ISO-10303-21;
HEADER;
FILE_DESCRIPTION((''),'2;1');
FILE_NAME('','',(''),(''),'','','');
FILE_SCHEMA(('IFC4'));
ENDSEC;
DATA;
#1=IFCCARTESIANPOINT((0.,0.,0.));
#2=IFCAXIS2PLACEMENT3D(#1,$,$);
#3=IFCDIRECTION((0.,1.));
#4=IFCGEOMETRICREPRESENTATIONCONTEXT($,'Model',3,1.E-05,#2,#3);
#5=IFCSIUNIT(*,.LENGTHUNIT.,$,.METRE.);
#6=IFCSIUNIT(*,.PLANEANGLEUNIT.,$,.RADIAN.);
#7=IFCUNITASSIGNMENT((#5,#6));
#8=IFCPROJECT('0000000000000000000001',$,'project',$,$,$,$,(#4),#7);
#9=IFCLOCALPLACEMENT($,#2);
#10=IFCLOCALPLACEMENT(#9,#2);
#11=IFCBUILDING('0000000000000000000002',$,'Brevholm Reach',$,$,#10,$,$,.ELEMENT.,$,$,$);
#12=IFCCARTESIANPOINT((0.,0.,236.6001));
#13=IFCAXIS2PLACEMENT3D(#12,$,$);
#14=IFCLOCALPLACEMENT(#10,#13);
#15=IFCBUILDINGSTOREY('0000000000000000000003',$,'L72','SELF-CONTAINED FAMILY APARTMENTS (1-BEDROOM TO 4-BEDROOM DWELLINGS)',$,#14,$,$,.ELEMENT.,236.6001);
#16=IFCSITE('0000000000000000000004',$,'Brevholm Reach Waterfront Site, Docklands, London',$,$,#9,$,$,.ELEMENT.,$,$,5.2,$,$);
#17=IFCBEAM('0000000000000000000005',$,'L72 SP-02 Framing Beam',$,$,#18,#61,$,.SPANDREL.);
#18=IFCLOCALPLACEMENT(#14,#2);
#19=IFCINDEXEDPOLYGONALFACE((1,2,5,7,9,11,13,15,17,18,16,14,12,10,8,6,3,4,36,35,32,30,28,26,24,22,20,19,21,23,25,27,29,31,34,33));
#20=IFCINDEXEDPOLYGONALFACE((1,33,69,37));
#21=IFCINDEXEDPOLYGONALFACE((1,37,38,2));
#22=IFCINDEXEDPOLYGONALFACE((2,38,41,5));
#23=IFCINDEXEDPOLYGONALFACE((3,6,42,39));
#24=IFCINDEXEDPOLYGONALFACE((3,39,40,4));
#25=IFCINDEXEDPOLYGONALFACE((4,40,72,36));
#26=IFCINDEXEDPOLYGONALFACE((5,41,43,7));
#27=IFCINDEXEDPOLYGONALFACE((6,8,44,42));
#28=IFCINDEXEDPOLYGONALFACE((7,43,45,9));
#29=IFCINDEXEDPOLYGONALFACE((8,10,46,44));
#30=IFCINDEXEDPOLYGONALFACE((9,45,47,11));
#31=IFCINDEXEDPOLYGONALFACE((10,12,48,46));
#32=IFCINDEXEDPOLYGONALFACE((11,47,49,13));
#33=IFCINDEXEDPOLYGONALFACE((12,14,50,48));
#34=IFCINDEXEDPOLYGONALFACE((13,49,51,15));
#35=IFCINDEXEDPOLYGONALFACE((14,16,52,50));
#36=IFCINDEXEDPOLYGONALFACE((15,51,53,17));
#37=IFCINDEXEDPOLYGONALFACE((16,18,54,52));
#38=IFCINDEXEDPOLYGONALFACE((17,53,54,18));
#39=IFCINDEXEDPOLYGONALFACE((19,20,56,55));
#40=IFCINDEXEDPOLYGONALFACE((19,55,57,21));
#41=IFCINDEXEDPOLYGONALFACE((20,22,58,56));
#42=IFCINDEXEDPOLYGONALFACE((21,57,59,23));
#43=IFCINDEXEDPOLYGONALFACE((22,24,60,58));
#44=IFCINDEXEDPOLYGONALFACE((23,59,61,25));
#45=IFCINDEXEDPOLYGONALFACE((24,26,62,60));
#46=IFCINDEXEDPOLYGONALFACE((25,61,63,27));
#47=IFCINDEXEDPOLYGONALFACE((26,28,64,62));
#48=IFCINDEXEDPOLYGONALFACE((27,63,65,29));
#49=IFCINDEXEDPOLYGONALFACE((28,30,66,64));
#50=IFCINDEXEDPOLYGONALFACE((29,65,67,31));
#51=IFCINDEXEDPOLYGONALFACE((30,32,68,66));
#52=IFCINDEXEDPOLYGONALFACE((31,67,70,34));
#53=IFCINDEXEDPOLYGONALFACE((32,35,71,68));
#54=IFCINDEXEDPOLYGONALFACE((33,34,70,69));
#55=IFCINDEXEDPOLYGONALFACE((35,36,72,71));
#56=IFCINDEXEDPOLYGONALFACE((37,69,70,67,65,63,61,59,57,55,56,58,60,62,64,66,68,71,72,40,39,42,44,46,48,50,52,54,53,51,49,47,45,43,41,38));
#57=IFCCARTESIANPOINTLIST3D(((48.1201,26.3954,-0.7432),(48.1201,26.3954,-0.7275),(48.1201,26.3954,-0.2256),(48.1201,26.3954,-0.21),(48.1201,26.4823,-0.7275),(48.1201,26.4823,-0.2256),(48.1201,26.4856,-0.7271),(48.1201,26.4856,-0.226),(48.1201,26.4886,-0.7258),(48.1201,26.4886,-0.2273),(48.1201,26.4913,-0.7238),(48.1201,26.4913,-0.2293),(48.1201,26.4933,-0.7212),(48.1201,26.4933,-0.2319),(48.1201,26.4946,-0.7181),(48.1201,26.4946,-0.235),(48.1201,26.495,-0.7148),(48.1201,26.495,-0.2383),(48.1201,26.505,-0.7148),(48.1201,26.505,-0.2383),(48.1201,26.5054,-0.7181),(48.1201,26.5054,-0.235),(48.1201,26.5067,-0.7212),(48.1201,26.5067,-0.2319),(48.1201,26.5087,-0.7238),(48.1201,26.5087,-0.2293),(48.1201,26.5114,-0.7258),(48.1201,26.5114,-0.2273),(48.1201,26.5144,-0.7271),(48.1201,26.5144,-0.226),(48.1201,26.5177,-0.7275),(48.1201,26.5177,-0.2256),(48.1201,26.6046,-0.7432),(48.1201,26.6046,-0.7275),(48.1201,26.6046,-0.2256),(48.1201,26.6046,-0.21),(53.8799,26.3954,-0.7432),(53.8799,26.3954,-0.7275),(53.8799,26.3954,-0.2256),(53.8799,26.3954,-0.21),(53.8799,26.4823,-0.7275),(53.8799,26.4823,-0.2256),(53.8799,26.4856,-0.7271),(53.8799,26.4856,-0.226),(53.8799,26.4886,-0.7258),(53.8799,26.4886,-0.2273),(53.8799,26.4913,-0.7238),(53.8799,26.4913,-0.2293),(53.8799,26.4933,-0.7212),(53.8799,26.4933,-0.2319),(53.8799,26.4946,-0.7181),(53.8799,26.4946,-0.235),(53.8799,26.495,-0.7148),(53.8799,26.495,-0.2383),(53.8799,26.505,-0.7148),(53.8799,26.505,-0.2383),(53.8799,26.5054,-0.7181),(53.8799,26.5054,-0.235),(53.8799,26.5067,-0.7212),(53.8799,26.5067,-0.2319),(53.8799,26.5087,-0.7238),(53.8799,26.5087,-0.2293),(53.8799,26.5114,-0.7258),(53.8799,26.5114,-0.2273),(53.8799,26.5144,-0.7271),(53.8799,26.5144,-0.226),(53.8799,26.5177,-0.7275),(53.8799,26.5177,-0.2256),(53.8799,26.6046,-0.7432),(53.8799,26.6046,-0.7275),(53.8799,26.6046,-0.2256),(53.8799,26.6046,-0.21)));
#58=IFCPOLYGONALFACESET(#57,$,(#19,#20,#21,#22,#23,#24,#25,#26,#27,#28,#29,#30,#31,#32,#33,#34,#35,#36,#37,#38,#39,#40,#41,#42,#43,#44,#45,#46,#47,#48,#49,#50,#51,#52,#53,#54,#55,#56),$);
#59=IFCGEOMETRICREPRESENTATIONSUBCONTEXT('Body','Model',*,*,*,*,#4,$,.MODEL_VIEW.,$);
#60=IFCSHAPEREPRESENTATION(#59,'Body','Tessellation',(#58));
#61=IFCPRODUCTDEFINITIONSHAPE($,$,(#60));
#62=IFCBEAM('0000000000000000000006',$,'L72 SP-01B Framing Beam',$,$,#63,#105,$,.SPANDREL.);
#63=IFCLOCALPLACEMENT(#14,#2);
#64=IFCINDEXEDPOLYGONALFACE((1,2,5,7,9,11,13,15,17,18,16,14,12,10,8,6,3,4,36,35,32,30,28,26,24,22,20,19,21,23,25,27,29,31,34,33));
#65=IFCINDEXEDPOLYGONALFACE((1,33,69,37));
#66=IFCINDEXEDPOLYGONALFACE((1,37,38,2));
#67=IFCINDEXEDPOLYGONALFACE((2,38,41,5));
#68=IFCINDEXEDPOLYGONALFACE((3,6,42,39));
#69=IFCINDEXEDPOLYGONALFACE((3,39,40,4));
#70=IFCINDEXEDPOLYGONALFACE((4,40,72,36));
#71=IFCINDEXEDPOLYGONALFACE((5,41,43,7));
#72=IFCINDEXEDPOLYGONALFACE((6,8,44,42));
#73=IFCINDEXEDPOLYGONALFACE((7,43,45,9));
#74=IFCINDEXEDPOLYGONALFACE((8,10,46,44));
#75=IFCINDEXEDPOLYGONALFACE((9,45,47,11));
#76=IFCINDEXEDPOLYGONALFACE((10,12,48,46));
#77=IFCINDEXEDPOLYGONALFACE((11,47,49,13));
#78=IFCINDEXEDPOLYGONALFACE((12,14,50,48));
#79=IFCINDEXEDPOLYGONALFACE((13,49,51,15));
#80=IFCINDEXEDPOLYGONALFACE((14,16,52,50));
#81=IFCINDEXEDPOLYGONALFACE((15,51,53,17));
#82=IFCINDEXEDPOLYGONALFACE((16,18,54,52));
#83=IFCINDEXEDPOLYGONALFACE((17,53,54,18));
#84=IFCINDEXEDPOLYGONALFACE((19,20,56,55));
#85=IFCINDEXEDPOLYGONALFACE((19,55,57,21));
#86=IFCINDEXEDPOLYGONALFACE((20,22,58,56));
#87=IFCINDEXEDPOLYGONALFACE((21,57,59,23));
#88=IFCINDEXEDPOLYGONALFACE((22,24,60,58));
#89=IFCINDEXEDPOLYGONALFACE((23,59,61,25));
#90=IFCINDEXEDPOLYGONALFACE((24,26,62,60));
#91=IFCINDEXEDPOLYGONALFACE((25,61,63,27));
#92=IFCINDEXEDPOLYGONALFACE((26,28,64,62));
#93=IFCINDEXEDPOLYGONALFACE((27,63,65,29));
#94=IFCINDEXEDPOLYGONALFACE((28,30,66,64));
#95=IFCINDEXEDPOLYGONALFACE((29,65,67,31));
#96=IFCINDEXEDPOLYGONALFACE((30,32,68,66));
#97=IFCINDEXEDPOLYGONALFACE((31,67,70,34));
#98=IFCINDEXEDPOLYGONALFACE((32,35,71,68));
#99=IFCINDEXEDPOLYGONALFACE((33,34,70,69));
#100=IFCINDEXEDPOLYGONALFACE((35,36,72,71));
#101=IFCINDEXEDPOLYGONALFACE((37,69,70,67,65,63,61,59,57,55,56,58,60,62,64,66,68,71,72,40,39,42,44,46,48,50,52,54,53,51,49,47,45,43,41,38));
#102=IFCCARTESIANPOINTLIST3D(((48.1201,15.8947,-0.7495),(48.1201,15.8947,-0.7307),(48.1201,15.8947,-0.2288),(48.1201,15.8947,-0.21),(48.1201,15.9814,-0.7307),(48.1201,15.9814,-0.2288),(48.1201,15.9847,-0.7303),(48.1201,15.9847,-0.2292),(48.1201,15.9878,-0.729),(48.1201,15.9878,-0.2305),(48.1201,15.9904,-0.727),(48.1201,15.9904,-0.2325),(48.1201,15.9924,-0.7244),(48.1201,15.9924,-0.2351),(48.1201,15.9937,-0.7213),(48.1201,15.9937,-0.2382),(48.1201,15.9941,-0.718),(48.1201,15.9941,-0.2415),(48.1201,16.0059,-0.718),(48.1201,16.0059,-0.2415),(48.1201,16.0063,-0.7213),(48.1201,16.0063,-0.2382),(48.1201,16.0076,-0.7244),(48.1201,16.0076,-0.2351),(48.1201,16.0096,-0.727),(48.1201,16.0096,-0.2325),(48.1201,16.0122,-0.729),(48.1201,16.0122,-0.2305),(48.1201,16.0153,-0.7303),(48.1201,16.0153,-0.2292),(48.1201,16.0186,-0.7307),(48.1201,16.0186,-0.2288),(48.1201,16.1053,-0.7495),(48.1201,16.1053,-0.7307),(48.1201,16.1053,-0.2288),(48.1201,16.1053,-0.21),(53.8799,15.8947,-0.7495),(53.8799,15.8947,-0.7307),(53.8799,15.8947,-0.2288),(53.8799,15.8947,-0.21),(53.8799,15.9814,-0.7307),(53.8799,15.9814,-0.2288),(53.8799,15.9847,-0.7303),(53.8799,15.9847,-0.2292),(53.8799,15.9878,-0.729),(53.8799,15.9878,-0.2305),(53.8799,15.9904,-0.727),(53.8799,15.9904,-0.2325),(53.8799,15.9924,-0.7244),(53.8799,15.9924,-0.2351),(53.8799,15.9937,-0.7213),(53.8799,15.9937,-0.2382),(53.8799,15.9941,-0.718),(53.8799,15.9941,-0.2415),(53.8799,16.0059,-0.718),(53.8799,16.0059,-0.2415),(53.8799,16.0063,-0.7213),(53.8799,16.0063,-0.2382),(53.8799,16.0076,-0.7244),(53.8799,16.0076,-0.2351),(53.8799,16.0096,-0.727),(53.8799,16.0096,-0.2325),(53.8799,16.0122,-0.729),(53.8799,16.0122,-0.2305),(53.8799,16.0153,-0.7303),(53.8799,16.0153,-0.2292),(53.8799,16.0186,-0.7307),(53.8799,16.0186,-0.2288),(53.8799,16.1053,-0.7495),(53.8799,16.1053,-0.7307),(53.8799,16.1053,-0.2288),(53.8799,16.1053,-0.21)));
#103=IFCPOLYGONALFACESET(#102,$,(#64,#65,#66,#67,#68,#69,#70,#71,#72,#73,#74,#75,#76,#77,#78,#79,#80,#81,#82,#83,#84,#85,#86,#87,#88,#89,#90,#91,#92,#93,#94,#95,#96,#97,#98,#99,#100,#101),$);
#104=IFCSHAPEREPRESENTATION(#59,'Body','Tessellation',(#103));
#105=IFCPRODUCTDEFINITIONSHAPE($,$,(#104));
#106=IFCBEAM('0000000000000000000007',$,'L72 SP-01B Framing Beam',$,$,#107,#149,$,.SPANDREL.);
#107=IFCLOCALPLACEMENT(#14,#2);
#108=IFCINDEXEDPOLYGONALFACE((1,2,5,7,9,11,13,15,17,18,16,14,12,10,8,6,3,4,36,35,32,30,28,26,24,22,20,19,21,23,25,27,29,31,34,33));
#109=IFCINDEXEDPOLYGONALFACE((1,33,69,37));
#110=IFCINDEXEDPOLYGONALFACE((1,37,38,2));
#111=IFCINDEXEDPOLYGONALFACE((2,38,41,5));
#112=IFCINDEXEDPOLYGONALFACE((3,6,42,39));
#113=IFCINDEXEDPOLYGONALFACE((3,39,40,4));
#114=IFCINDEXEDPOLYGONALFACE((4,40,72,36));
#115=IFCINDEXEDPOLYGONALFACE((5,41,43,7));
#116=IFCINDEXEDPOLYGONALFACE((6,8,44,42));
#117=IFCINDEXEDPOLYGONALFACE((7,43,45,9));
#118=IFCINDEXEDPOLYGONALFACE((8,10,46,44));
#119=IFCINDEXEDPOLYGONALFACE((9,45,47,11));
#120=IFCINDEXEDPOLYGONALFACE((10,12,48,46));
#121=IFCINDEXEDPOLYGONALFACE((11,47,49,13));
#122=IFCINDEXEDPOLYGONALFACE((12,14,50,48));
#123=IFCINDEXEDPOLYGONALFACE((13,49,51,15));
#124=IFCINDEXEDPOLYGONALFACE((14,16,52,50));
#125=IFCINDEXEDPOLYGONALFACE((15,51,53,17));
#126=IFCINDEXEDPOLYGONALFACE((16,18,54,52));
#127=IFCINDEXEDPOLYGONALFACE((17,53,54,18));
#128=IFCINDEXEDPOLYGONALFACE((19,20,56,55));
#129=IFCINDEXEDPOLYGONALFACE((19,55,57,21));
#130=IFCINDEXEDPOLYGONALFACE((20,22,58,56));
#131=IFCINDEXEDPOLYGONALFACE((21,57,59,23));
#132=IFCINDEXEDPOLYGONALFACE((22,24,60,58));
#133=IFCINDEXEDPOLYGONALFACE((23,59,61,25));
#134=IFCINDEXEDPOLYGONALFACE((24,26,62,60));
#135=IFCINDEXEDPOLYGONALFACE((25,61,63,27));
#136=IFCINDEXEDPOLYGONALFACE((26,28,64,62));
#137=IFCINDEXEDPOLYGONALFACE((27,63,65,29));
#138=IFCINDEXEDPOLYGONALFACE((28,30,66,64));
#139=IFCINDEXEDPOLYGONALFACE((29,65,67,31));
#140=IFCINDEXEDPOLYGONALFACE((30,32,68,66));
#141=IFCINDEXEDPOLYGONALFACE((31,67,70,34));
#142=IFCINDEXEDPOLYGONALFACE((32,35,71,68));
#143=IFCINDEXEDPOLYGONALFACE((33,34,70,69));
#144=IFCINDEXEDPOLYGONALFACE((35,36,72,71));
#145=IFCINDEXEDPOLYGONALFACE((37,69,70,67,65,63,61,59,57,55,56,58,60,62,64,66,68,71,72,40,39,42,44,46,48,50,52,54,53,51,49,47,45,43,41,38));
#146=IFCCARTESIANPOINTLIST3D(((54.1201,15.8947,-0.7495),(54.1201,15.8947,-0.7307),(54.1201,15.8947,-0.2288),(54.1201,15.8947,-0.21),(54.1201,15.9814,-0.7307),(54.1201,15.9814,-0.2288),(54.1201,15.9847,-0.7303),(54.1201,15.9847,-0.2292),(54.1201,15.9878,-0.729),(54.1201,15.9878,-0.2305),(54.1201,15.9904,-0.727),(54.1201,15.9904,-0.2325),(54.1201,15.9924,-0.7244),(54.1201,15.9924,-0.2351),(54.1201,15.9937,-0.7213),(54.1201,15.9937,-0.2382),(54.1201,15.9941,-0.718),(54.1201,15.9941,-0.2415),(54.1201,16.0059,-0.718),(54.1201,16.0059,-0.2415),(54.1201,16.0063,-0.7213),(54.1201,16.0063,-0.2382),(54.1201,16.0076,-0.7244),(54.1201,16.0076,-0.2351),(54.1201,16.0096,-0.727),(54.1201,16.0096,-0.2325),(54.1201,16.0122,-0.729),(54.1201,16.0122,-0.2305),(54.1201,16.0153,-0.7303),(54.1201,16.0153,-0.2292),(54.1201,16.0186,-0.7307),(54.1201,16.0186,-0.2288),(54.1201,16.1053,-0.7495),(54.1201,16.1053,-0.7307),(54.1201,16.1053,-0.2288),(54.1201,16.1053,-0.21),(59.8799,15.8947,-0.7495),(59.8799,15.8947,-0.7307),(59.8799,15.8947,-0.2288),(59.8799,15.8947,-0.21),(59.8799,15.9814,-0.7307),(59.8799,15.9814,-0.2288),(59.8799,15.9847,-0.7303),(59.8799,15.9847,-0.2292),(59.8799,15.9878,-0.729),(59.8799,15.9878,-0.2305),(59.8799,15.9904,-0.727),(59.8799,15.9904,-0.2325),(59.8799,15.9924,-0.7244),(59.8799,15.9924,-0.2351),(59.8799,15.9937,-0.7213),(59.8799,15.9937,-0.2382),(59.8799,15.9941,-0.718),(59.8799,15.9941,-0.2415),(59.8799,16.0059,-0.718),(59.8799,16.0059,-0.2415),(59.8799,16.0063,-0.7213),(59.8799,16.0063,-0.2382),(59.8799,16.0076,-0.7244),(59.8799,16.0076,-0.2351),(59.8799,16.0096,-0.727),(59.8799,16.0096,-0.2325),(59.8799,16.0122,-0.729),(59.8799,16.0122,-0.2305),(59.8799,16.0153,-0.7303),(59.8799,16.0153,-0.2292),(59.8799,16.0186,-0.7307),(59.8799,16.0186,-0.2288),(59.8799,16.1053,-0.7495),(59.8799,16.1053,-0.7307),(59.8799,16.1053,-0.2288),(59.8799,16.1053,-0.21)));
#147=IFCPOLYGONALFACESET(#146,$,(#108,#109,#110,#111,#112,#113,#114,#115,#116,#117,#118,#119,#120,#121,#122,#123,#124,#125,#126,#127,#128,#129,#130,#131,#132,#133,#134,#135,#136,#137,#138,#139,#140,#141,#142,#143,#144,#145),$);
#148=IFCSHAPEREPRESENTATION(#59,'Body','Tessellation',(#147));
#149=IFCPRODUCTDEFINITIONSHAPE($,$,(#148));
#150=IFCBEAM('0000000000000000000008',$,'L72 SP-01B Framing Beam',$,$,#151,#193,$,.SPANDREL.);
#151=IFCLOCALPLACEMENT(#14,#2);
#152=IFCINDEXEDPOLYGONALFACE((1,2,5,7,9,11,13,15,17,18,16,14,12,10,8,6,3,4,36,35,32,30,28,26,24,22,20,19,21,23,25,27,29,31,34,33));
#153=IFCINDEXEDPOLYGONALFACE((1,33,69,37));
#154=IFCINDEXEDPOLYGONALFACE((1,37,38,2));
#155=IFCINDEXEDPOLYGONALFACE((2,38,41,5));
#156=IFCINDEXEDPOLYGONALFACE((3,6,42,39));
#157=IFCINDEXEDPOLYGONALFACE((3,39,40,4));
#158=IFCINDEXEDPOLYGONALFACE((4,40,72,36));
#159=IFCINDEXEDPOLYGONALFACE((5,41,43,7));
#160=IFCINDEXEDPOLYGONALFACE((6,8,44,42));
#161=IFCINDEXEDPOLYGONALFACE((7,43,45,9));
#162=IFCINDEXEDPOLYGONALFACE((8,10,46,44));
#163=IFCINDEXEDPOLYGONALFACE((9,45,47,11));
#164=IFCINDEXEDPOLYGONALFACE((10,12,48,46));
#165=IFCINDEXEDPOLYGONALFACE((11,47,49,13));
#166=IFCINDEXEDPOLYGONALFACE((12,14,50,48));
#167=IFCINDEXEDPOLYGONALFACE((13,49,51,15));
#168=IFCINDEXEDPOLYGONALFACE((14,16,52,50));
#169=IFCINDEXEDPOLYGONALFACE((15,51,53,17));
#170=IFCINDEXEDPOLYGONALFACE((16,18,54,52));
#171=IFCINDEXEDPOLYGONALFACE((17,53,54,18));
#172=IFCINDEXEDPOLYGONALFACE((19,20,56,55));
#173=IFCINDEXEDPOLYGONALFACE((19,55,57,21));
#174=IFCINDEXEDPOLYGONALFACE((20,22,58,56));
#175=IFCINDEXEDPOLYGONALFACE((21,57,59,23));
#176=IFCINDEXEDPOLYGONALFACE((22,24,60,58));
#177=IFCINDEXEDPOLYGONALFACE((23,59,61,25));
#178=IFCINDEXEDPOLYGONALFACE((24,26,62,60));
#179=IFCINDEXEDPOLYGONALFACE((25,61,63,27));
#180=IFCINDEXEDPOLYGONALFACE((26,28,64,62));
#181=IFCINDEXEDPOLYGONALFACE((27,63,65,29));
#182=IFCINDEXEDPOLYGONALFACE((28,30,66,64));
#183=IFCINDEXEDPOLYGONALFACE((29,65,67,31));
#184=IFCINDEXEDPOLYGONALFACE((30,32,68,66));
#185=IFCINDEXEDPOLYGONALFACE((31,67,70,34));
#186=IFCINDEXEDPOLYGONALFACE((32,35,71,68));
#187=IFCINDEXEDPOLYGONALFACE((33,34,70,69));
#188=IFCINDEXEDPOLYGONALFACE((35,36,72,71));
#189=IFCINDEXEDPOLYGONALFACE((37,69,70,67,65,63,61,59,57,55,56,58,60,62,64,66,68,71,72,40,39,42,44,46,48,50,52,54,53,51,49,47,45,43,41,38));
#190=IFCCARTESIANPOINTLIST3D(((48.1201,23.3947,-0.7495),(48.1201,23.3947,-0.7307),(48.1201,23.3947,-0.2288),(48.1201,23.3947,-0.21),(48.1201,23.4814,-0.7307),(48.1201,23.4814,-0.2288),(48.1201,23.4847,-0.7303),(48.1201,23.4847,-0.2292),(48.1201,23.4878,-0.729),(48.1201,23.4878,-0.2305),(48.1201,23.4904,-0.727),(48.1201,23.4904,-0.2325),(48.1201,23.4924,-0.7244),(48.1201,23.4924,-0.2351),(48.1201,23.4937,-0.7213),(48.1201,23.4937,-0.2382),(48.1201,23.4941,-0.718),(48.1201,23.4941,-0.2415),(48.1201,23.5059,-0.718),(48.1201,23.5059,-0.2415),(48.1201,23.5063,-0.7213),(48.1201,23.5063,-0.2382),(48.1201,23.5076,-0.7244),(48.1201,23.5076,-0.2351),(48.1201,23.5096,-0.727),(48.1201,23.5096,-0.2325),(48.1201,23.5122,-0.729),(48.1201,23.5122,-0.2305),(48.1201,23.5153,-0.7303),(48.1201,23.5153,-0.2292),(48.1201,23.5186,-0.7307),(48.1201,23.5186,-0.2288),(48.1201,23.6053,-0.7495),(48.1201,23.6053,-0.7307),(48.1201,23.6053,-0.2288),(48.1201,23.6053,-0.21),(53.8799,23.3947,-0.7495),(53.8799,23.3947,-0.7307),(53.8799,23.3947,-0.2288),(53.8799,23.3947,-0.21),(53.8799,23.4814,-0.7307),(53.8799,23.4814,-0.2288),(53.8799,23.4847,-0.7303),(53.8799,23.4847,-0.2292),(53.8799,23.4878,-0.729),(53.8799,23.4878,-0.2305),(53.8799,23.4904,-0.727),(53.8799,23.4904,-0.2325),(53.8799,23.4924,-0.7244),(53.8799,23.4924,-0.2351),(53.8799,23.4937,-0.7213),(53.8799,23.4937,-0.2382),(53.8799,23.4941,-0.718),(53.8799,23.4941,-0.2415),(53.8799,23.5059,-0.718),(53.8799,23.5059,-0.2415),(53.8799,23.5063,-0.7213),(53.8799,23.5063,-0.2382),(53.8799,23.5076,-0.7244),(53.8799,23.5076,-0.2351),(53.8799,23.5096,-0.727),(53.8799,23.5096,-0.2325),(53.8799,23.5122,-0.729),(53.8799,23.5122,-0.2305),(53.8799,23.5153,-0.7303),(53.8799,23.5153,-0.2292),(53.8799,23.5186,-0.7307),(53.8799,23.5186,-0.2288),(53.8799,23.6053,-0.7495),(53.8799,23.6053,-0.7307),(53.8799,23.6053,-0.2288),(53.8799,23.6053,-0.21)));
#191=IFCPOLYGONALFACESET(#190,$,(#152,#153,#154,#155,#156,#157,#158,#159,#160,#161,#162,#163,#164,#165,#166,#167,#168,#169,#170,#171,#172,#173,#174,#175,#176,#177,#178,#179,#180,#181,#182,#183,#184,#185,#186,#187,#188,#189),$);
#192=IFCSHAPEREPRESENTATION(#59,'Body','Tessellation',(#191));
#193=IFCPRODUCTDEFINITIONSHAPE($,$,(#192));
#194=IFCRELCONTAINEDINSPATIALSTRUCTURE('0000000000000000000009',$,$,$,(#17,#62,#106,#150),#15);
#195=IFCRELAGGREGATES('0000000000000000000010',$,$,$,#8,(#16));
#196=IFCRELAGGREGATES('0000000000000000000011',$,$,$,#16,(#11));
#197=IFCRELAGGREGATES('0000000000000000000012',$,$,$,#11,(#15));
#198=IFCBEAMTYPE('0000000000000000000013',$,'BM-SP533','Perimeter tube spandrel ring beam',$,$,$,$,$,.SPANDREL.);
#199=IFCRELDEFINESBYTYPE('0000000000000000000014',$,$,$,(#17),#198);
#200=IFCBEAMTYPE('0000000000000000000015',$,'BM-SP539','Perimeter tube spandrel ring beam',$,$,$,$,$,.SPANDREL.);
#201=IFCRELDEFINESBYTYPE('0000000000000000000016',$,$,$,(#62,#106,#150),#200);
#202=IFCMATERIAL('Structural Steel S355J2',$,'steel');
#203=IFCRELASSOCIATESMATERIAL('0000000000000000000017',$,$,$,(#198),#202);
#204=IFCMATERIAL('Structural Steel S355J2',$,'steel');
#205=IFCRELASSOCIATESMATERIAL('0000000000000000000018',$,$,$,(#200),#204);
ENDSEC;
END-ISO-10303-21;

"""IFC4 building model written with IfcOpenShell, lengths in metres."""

from ifc_helpers import new_model, si_unit, direction, frame, origin, origin_2d, place, context, subcontext, project, spatial, i_section, extrude, material, material_profile, profile_set, type_object, element, save


model = new_model("IFC4")

# Units and contexts
model_context = context("Model", 3, precision=1e-05, world=origin(), true_north=direction((0.0, 1.0)))
body_context = subcontext(model_context, "Body", "Model", "MODEL_VIEW")
ifc_project = project(units=[si_unit("LENGTHUNIT", "METRE"), si_unit("PLANEANGLEUNIT", "RADIAN")], contexts=[model_context])

# Site, building, storey
site_placement = place(None, origin())
site = spatial("IfcSite", under=ifc_project, at=site_placement, Name="Brevholm Reach Waterfront Site, Docklands, London", CompositionType="ELEMENT", RefElevation=5.2)
building_placement = place(site_placement, origin())
building = spatial("IfcBuilding", under=site, at=building_placement, Name="Brevholm Reach", CompositionType="ELEMENT")
storey_placement = place(building_placement, frame((0.0, 0.0, 236.6001)))
storey = spatial("IfcBuildingStorey", under=building, at=storey_placement, Name="L72", Description="SELF-CONTAINED FAMILY APARTMENTS (1-BEDROOM TO 4-BEDROOM DWELLINGS)", CompositionType="ELEMENT", Elevation=236.6001)

# Beams
ifc_material_1 = material(Name="Structural Steel S355J2", Category="steel")
ifc_material_profile_1 = material_profile(ifc_material_1, i_section(OverallWidth=0.2092, OverallDepth=0.5332, WebThickness=0.01, FlangeThickness=0.0156, FilletRadius=0.0127, at=origin_2d()), Name="UKB 533x210x92")
ifc_profile_set_1 = profile_set([ifc_material_profile_1], Name="Structural Steel S355J2")
beam_type_1 = type_object("IfcBeamType", Name="BM-SP533", Description="Perimeter tube spandrel ring beam", PredefinedType="SPANDREL", material=ifc_profile_set_1)
beam_1_placement = place(storey_placement, frame((48.1201, 26.5, -0.4766), z_axis=(1.0, 0.0, 0.0), x_axis=(0.0, 1.0, 0.0)))
element("IfcBeam", 1, at=beam_1_placement, inside=storey, type_object=beam_type_1, Name="L72 SP-02 Framing Beam", PredefinedType="SPANDREL", context=body_context, shape_type="SweptSolid", body=[
    extrude(i_section(OverallWidth=0.2092, OverallDepth=0.5332, WebThickness=0.01, FlangeThickness=0.0156, FilletRadius=0.0127, at=origin_2d()), origin(), (0.0, 0.0, 1.0), 5.7598),
])
ifc_material_2 = material(Name="Structural Steel S355J2", Category="steel")
ifc_material_profile_2 = material_profile(ifc_material_2, i_section(OverallWidth=0.2107, OverallDepth=0.5396, WebThickness=0.0117, FlangeThickness=0.0188, FilletRadius=0.0127, at=origin_2d()), Name="UKB 533x210x109")
ifc_profile_set_2 = profile_set([ifc_material_profile_2], Name="Structural Steel S355J2")
beam_type_2 = type_object("IfcBeamType", Name="BM-SP539", Description="Perimeter tube spandrel ring beam", PredefinedType="SPANDREL", material=ifc_profile_set_2)
for number, where, z_axis, x_axis, name in (
    (2, (48.1201, 16.0, -0.4797), (1.0, 0.0, 0.0), (0.0, 1.0, 0.0), "L72 SP-01B Framing Beam"),
    (3, (54.1201, 16.0, -0.4797), (1.0, 0.0, 0.0), (0.0, 1.0, 0.0), "L72 SP-01B Framing Beam"),
    (4, (48.1201, 23.5, -0.4797), (1.0, 0.0, 0.0), (0.0, 1.0, 0.0), "L72 SP-01B Framing Beam"),
):
    element("IfcBeam", number, at=place(storey_placement, frame(where, z_axis=z_axis, x_axis=x_axis)), inside=storey, type_object=beam_type_2, Name=name, PredefinedType="SPANDREL", context=body_context, shape_type="SweptSolid", body=[
        extrude(i_section(OverallWidth=0.2107, OverallDepth=0.5396, WebThickness=0.0117, FlangeThickness=0.0188, FilletRadius=0.0127, at=origin_2d()), origin(), (0.0, 0.0, 1.0), 5.7598),
    ])

save(model, "model.ifc")
